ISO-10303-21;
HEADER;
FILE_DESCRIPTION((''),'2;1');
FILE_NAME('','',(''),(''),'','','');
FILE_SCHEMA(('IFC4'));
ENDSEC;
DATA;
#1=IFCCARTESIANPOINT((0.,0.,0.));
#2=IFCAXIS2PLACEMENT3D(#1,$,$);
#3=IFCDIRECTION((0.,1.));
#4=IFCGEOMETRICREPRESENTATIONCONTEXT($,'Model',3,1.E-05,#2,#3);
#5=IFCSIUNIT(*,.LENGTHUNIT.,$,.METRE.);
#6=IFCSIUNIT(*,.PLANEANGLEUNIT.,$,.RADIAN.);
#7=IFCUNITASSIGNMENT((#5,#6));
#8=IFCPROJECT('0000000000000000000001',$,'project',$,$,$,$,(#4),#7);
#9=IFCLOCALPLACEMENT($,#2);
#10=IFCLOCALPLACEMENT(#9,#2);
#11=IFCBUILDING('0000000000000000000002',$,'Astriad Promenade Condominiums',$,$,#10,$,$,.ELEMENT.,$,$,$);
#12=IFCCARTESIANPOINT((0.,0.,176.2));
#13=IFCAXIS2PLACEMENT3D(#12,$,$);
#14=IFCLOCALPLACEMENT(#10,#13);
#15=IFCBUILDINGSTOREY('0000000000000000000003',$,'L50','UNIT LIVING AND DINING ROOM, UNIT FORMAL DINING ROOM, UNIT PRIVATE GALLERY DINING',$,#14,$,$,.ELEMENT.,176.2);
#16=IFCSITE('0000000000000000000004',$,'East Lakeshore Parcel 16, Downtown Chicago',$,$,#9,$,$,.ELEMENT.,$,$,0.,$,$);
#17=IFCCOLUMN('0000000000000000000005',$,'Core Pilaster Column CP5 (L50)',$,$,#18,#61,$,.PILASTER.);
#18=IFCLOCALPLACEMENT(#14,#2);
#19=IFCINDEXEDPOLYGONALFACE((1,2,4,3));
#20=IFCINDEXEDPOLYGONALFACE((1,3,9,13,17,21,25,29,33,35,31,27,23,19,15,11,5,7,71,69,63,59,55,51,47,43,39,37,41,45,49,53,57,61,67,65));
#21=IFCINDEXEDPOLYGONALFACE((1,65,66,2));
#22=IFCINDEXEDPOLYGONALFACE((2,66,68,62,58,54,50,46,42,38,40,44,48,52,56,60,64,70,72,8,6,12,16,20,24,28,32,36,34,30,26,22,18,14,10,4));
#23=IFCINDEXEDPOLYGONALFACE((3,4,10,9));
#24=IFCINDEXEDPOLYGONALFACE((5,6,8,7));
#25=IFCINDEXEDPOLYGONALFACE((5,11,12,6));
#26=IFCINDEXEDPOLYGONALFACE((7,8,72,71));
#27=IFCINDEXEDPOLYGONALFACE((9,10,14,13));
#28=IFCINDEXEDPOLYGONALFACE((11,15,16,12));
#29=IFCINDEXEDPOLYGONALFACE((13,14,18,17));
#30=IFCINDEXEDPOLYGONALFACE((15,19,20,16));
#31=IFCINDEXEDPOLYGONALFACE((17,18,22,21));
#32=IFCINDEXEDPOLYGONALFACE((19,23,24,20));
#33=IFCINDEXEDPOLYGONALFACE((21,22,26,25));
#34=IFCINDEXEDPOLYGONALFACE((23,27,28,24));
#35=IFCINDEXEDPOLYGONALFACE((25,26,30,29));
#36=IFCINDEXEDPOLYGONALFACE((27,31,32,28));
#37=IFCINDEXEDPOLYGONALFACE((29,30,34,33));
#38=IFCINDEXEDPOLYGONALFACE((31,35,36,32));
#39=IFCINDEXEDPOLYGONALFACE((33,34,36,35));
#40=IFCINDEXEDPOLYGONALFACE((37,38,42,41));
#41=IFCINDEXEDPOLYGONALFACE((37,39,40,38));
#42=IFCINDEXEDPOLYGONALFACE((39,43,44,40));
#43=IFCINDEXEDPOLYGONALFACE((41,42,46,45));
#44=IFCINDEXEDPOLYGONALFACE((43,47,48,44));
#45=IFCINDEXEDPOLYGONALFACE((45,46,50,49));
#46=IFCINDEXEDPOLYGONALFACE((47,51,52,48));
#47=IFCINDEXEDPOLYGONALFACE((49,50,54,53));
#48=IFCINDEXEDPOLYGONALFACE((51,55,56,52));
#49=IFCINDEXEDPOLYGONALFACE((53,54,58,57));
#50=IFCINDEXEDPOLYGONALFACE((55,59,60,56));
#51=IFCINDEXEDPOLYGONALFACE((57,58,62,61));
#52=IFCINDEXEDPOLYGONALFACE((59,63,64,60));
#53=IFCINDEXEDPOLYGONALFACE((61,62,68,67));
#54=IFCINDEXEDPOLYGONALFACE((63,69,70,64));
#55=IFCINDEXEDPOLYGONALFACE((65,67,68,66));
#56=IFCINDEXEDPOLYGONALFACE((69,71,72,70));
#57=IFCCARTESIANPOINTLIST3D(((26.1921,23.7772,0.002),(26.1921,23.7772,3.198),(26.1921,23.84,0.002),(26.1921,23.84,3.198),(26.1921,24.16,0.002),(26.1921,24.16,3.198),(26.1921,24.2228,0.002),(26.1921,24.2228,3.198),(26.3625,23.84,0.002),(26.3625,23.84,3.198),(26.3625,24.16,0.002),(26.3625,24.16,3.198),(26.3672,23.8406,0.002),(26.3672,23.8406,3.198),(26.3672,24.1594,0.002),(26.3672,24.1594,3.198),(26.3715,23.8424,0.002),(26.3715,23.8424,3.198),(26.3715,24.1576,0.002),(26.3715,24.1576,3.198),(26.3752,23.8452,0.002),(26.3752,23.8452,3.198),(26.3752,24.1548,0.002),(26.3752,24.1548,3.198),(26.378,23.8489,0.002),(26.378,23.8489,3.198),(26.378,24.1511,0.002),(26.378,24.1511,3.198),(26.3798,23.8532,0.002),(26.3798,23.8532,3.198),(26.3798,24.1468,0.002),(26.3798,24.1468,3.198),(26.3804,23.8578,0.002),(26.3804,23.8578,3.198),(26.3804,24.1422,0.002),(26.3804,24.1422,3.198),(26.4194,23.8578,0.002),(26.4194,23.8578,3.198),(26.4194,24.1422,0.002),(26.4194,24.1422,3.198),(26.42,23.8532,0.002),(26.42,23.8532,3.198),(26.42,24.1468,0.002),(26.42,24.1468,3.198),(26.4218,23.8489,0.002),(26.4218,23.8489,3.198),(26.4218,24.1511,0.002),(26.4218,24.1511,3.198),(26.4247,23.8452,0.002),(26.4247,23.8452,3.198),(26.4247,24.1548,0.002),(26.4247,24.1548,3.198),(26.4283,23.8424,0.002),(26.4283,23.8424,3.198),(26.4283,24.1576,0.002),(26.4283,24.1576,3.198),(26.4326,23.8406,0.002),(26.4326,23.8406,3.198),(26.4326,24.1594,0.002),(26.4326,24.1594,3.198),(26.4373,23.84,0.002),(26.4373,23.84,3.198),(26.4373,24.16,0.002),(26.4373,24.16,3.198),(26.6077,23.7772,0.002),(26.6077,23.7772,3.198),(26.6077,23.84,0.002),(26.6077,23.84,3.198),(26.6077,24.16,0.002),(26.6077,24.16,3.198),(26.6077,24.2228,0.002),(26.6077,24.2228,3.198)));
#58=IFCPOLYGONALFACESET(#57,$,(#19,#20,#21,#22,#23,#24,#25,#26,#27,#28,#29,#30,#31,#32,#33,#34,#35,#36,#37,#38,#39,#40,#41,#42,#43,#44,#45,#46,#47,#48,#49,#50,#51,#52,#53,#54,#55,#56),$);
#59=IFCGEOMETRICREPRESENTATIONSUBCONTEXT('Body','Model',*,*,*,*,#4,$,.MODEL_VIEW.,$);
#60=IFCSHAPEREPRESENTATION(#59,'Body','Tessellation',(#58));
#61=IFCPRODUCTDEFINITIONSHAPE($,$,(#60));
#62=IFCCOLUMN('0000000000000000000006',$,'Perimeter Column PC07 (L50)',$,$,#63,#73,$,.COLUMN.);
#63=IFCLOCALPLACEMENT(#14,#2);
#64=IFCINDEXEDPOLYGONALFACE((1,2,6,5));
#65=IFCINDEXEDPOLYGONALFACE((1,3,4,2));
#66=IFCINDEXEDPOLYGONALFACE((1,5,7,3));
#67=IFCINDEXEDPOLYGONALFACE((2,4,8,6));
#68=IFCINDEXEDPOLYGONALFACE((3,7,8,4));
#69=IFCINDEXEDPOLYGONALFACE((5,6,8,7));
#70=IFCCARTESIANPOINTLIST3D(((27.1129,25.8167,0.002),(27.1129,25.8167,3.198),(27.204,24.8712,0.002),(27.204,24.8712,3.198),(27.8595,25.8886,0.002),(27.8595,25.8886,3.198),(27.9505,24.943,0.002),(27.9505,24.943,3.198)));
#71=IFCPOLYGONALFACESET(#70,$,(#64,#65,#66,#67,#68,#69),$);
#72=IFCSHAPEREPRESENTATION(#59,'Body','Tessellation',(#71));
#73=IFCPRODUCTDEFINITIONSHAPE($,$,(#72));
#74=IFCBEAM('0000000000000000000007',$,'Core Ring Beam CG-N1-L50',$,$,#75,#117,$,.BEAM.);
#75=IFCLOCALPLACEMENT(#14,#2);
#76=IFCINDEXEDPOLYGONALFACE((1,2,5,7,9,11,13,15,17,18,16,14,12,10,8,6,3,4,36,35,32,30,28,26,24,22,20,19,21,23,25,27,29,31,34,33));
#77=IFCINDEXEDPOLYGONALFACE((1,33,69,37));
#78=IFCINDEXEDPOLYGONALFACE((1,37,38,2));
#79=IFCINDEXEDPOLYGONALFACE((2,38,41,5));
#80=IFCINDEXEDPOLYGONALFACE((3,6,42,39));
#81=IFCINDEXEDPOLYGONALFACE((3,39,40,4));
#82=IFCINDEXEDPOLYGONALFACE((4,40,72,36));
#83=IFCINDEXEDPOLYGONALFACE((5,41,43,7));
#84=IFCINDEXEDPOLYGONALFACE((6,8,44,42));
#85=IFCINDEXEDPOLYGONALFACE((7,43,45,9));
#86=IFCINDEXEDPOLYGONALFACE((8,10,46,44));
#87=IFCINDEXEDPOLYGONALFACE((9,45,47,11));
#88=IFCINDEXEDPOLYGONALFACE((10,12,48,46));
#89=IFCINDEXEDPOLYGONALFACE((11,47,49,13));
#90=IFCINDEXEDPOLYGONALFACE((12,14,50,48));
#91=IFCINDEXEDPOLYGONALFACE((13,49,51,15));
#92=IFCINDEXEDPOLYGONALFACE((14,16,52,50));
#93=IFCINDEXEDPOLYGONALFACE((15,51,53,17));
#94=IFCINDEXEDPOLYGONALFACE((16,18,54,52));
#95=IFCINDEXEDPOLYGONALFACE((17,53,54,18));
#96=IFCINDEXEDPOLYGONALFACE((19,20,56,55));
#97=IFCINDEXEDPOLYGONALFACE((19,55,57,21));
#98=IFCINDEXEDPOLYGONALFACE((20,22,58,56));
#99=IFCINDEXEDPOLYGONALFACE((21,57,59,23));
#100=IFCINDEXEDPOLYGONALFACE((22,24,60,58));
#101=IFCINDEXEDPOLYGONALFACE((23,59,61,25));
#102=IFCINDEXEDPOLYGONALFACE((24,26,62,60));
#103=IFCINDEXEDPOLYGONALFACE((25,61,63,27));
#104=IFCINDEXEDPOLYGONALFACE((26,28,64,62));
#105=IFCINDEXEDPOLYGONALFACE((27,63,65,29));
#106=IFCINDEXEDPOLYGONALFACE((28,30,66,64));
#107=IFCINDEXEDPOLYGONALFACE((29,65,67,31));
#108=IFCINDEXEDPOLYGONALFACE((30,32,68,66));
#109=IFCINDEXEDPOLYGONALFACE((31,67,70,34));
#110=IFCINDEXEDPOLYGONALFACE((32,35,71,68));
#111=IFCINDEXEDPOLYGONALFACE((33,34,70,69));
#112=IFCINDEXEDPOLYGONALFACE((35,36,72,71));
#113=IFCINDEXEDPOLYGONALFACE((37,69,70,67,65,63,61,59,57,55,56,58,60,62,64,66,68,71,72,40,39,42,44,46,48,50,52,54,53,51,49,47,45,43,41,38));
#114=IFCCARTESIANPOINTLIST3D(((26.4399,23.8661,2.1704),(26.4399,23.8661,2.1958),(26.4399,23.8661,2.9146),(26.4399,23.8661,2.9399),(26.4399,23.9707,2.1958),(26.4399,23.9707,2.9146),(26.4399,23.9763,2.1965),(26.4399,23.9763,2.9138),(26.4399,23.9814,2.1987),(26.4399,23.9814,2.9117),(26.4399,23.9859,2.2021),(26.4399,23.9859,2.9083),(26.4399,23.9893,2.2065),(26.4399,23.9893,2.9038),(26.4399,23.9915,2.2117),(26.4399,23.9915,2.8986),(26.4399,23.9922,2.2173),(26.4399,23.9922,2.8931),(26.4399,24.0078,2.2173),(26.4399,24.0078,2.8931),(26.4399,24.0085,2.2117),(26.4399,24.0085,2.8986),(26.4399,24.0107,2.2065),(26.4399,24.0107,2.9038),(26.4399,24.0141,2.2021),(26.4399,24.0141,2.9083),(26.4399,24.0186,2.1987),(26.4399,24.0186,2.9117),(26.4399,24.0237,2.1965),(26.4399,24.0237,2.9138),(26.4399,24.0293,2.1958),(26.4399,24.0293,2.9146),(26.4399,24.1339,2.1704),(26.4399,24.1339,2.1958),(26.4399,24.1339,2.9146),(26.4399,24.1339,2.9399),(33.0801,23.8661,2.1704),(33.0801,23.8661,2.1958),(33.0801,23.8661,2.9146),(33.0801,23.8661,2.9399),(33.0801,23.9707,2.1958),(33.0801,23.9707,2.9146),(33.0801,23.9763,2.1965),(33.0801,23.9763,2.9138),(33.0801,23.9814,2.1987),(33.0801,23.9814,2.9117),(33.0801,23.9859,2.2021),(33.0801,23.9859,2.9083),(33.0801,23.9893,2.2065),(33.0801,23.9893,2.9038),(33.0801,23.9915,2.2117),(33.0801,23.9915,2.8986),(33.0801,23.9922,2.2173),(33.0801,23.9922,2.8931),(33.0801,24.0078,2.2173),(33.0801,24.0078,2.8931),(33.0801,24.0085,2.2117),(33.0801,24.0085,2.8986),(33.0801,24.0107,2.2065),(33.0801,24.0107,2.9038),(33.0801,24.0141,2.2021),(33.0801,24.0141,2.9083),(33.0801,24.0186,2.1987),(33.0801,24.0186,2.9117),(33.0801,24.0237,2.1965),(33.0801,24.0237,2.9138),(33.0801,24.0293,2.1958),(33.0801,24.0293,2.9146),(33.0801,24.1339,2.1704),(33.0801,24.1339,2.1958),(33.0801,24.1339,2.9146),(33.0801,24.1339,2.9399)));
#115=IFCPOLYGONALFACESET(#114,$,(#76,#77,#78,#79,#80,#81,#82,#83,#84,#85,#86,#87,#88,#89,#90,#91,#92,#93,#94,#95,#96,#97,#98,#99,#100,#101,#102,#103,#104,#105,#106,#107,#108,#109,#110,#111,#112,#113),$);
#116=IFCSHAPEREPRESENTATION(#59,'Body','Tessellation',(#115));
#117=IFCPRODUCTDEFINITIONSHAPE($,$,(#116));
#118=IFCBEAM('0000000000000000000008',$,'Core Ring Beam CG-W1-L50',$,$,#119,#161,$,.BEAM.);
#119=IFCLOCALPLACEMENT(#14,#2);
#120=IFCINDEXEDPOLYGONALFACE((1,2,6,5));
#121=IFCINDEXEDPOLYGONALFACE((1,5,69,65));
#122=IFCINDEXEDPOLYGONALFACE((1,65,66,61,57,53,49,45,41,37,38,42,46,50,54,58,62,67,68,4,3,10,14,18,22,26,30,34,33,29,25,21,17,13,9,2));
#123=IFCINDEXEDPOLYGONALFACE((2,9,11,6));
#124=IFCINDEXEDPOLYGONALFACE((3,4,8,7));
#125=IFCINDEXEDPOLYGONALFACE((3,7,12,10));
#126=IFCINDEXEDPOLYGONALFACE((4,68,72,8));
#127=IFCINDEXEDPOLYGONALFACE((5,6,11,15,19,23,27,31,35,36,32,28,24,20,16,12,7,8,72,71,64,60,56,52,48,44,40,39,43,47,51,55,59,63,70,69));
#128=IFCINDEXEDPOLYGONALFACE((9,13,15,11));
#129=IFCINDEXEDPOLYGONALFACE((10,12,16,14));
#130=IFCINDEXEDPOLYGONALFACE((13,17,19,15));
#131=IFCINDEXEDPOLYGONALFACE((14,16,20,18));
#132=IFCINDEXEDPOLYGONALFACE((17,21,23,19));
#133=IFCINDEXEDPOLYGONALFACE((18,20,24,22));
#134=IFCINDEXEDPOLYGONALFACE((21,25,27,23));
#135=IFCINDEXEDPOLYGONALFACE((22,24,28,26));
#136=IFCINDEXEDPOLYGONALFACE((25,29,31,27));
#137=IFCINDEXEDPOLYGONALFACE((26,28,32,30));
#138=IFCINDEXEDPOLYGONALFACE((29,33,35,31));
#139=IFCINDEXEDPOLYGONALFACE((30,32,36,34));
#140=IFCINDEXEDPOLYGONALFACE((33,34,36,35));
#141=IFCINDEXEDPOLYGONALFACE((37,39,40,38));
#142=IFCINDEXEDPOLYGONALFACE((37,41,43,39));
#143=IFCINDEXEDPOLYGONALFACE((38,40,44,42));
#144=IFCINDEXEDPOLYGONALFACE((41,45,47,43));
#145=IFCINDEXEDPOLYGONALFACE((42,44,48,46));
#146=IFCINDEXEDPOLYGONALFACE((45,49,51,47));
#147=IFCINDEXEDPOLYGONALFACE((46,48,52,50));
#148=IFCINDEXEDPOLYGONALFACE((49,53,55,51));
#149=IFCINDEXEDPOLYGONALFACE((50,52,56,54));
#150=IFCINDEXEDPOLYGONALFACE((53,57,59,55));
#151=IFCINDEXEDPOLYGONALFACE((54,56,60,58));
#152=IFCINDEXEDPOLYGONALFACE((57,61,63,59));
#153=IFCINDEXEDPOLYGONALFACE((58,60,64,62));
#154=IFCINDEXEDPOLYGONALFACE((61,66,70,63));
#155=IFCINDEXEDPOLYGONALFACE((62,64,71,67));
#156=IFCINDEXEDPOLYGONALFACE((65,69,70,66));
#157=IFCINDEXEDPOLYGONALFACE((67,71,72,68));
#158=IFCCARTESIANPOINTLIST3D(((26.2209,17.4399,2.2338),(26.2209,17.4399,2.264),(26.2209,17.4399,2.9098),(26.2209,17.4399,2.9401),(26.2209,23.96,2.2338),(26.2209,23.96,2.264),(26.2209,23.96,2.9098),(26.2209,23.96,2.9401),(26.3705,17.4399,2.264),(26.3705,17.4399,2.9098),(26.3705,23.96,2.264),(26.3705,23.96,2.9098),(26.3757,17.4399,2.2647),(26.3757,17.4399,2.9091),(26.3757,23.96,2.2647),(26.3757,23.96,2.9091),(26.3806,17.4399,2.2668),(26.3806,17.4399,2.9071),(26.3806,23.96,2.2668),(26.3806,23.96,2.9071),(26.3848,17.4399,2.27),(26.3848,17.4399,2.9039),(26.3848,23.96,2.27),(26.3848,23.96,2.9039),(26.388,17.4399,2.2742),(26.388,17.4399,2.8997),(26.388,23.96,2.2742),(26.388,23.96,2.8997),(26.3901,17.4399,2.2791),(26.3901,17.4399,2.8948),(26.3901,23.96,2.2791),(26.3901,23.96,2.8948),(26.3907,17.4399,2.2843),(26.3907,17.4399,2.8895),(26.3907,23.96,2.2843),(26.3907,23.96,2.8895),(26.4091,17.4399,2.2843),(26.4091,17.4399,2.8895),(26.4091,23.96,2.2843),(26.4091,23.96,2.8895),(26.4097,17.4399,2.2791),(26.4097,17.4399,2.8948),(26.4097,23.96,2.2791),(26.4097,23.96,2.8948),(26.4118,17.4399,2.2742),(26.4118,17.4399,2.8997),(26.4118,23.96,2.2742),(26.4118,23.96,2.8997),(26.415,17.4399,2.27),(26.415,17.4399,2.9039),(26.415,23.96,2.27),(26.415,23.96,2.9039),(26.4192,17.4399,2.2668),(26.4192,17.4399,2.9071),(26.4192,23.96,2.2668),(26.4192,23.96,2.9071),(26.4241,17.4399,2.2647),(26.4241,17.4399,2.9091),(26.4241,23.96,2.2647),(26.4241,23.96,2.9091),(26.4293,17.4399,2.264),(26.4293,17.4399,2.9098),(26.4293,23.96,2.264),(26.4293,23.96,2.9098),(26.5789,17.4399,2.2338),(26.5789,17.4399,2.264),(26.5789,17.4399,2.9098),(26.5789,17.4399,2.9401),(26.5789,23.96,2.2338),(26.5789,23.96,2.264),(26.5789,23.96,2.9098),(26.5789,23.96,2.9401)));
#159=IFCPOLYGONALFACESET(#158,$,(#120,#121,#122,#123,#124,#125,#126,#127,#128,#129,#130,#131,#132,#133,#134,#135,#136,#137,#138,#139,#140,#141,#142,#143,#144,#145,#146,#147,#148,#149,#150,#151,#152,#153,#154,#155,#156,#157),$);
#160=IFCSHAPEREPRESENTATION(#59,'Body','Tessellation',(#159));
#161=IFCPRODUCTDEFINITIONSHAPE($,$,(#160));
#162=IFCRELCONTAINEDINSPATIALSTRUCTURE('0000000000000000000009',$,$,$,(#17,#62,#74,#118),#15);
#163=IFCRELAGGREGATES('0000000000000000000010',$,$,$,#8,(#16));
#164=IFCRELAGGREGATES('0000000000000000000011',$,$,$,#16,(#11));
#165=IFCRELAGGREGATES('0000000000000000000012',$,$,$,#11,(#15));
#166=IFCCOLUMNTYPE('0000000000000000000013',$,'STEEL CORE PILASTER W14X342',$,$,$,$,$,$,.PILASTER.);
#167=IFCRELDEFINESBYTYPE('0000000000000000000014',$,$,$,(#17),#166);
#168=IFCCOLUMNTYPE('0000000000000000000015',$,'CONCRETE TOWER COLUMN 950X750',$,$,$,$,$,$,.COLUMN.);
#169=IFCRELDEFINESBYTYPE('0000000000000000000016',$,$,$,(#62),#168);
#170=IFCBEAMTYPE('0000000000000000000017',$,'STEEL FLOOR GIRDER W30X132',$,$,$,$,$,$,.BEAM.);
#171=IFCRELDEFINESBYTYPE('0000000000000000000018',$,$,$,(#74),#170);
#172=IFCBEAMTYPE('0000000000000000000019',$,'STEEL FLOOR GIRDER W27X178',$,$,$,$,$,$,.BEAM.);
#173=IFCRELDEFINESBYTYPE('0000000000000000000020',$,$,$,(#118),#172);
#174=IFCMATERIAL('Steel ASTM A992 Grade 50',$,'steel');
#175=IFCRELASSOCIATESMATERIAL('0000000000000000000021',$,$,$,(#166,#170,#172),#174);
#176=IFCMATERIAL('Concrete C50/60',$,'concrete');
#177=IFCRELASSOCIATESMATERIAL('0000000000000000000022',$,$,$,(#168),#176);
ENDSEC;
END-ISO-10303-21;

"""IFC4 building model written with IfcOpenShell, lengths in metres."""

from ifc_helpers import new_model, si_unit, direction, frame, origin, origin_2d, place, context, subcontext, project, spatial, rectangle, i_section, extrude, source, transform, mapped, material, material_profile, profile_set, type_object, type_shapes, element, save


model = new_model("IFC4")

# Units and contexts
model_context = context("Model", 3, precision=1e-05, world=origin(), true_north=direction((0.0, 1.0)))
body_context = subcontext(model_context, "Body", "Model", "MODEL_VIEW")
ifc_project = project(units=[si_unit("LENGTHUNIT", "METRE"), si_unit("PLANEANGLEUNIT", "RADIAN")], contexts=[model_context])

# Site, building, storey
site_placement = place(None, origin())
site = spatial("IfcSite", under=ifc_project, at=site_placement, Name="East Lakeshore Parcel 16, Downtown Chicago", CompositionType="ELEMENT", RefElevation=0.0)
building_placement = place(site_placement, origin())
building = spatial("IfcBuilding", under=site, at=building_placement, Name="Astriad Promenade Condominiums", CompositionType="ELEMENT")
storey_placement = place(building_placement, frame((0.0, 0.0, 176.2)))
storey = spatial("IfcBuildingStorey", under=building, at=storey_placement, Name="L50", Description="UNIT LIVING AND DINING ROOM, UNIT FORMAL DINING ROOM, UNIT PRIVATE GALLERY DINING", CompositionType="ELEMENT", Elevation=176.2)

# Columns
ifc_material_1 = material(Name="Steel ASTM A992 Grade 50", Category="steel")
ifc_material_profile_1 = material_profile(ifc_material_1, i_section(OverallWidth=0.4155, OverallDepth=0.4456, WebThickness=0.0391, FlangeThickness=0.0627, FilletRadius=0.0178, at=origin_2d()), Name="W14X342")
ifc_profile_set_1 = profile_set([ifc_material_profile_1], Name="Steel ASTM A992 Grade 50")
column_type_1 = type_object("IfcColumnType", Name="STEEL CORE PILASTER W14X342", PredefinedType="PILASTER", material=ifc_profile_set_1)
shared_shape_1 = source(origin(), body_context, "Body", "SweptSolid", [
    extrude(i_section(OverallWidth=0.4155, OverallDepth=0.4456, WebThickness=0.0391, FlangeThickness=0.0627, FilletRadius=0.0178, at=origin_2d()), origin(), (0.0, 0.0, 1.0), 3.196),
])
type_shapes(column_type_1, [shared_shape_1])
column_1_placement = place(storey_placement, frame((26.3999, 24.0, 0.002), z_axis=(0.0, 0.0, 1.0), x_axis=(1.0, 0.0, 0.0)))
element("IfcColumn", 1, at=column_1_placement, inside=storey, type_object=column_type_1, Name="Core Pilaster Column CP5 (L50)", PredefinedType="PILASTER", context=body_context, shape_type="MappedRepresentation", body=[
    mapped(shared_shape_1, transform((0.0, 0.0, 0.0), scale=1.0)),
])
ifc_material_2 = material(Name="Concrete C50/60", Category="concrete")
ifc_material_profile_2 = material_profile(ifc_material_2, rectangle(XDim=0.75, YDim=0.95, at=origin_2d()), Name="RC-COL-950X750")
ifc_profile_set_2 = profile_set([ifc_material_profile_2], Name="Concrete C50/60")
column_type_2 = type_object("IfcColumnType", Name="CONCRETE TOWER COLUMN 950X750", PredefinedType="COLUMN", material=ifc_profile_set_2)
shared_shape_2 = source(origin(), body_context, "Body", "SweptSolid", [
    extrude(rectangle(XDim=0.75, YDim=0.95, at=origin_2d()), origin(), (0.0, 0.0, 1.0), 3.196),
])
type_shapes(column_type_2, [shared_shape_2])
column_2_placement = place(storey_placement, frame((27.5317, 25.3799, 0.002), z_axis=(0.0, 0.0, 1.0), x_axis=(0.995396, 0.095846, 0.0)))
element("IfcColumn", 2, at=column_2_placement, inside=storey, type_object=column_type_2, Name="Perimeter Column PC07 (L50)", PredefinedType="COLUMN", context=body_context, shape_type="MappedRepresentation", body=[
    mapped(shared_shape_2, transform((0.0, 0.0, 0.0), scale=1.0)),
])

# Beams
ifc_material_profile_3 = material_profile(ifc_material_1, i_section(OverallWidth=0.2678, OverallDepth=0.7695, WebThickness=0.0156, FlangeThickness=0.0254, FilletRadius=0.0215, at=origin_2d()), Name="W30X132")
ifc_profile_set_3 = profile_set([ifc_material_profile_3], Name="Steel ASTM A992 Grade 50")
beam_type_1 = type_object("IfcBeamType", Name="STEEL FLOOR GIRDER W30X132", PredefinedType="BEAM", material=ifc_profile_set_3)
shared_shape_3 = source(origin(), body_context, "Body", "SweptSolid", [
    extrude(i_section(OverallWidth=0.2678, OverallDepth=0.7695, WebThickness=0.0156, FlangeThickness=0.0254, FilletRadius=0.0215, at=origin_2d()), origin(), (0.0, 0.0, 1.0), 6.6401),
])
type_shapes(beam_type_1, [shared_shape_3])
beam_1_placement = place(storey_placement, frame((26.4399, 24.0, 2.5552), z_axis=(1.0, 0.0, 0.0), x_axis=(0.0, 1.0, 0.0)))
element("IfcBeam", 3, at=beam_1_placement, inside=storey, type_object=beam_type_1, Name="Core Ring Beam CG-N1-L50", PredefinedType="BEAM", context=body_context, shape_type="MappedRepresentation", body=[
    mapped(shared_shape_3, transform((0.0, 0.0, 0.0), scale=1.0)),
])
ifc_material_profile_4 = material_profile(ifc_material_1, i_section(OverallWidth=0.3579, OverallDepth=0.7063, WebThickness=0.0183, FlangeThickness=0.0303, FilletRadius=0.0203, at=origin_2d()), Name="W27X178")
ifc_profile_set_4 = profile_set([ifc_material_profile_4], Name="Steel ASTM A992 Grade 50")
beam_type_2 = type_object("IfcBeamType", Name="STEEL FLOOR GIRDER W27X178", PredefinedType="BEAM", material=ifc_profile_set_4)
shared_shape_4 = source(origin(), body_context, "Body", "SweptSolid", [
    extrude(i_section(OverallWidth=0.3579, OverallDepth=0.7063, WebThickness=0.0183, FlangeThickness=0.0303, FilletRadius=0.0203, at=origin_2d()), origin(), (0.0, 0.0, 1.0), 6.52),
])
type_shapes(beam_type_2, [shared_shape_4])
beam_2_placement = place(storey_placement, frame((26.3999, 17.4399, 2.5869), z_axis=(0.0, 1.0, 0.0), x_axis=(-1.0, 0.0, 0.0)))
element("IfcBeam", 4, at=beam_2_placement, inside=storey, type_object=beam_type_2, Name="Core Ring Beam CG-W1-L50", PredefinedType="BEAM", context=body_context, shape_type="MappedRepresentation", body=[
    mapped(shared_shape_4, transform((0.0, 0.0, 0.0), scale=1.0)),
])

save(model, "model.ifc")
